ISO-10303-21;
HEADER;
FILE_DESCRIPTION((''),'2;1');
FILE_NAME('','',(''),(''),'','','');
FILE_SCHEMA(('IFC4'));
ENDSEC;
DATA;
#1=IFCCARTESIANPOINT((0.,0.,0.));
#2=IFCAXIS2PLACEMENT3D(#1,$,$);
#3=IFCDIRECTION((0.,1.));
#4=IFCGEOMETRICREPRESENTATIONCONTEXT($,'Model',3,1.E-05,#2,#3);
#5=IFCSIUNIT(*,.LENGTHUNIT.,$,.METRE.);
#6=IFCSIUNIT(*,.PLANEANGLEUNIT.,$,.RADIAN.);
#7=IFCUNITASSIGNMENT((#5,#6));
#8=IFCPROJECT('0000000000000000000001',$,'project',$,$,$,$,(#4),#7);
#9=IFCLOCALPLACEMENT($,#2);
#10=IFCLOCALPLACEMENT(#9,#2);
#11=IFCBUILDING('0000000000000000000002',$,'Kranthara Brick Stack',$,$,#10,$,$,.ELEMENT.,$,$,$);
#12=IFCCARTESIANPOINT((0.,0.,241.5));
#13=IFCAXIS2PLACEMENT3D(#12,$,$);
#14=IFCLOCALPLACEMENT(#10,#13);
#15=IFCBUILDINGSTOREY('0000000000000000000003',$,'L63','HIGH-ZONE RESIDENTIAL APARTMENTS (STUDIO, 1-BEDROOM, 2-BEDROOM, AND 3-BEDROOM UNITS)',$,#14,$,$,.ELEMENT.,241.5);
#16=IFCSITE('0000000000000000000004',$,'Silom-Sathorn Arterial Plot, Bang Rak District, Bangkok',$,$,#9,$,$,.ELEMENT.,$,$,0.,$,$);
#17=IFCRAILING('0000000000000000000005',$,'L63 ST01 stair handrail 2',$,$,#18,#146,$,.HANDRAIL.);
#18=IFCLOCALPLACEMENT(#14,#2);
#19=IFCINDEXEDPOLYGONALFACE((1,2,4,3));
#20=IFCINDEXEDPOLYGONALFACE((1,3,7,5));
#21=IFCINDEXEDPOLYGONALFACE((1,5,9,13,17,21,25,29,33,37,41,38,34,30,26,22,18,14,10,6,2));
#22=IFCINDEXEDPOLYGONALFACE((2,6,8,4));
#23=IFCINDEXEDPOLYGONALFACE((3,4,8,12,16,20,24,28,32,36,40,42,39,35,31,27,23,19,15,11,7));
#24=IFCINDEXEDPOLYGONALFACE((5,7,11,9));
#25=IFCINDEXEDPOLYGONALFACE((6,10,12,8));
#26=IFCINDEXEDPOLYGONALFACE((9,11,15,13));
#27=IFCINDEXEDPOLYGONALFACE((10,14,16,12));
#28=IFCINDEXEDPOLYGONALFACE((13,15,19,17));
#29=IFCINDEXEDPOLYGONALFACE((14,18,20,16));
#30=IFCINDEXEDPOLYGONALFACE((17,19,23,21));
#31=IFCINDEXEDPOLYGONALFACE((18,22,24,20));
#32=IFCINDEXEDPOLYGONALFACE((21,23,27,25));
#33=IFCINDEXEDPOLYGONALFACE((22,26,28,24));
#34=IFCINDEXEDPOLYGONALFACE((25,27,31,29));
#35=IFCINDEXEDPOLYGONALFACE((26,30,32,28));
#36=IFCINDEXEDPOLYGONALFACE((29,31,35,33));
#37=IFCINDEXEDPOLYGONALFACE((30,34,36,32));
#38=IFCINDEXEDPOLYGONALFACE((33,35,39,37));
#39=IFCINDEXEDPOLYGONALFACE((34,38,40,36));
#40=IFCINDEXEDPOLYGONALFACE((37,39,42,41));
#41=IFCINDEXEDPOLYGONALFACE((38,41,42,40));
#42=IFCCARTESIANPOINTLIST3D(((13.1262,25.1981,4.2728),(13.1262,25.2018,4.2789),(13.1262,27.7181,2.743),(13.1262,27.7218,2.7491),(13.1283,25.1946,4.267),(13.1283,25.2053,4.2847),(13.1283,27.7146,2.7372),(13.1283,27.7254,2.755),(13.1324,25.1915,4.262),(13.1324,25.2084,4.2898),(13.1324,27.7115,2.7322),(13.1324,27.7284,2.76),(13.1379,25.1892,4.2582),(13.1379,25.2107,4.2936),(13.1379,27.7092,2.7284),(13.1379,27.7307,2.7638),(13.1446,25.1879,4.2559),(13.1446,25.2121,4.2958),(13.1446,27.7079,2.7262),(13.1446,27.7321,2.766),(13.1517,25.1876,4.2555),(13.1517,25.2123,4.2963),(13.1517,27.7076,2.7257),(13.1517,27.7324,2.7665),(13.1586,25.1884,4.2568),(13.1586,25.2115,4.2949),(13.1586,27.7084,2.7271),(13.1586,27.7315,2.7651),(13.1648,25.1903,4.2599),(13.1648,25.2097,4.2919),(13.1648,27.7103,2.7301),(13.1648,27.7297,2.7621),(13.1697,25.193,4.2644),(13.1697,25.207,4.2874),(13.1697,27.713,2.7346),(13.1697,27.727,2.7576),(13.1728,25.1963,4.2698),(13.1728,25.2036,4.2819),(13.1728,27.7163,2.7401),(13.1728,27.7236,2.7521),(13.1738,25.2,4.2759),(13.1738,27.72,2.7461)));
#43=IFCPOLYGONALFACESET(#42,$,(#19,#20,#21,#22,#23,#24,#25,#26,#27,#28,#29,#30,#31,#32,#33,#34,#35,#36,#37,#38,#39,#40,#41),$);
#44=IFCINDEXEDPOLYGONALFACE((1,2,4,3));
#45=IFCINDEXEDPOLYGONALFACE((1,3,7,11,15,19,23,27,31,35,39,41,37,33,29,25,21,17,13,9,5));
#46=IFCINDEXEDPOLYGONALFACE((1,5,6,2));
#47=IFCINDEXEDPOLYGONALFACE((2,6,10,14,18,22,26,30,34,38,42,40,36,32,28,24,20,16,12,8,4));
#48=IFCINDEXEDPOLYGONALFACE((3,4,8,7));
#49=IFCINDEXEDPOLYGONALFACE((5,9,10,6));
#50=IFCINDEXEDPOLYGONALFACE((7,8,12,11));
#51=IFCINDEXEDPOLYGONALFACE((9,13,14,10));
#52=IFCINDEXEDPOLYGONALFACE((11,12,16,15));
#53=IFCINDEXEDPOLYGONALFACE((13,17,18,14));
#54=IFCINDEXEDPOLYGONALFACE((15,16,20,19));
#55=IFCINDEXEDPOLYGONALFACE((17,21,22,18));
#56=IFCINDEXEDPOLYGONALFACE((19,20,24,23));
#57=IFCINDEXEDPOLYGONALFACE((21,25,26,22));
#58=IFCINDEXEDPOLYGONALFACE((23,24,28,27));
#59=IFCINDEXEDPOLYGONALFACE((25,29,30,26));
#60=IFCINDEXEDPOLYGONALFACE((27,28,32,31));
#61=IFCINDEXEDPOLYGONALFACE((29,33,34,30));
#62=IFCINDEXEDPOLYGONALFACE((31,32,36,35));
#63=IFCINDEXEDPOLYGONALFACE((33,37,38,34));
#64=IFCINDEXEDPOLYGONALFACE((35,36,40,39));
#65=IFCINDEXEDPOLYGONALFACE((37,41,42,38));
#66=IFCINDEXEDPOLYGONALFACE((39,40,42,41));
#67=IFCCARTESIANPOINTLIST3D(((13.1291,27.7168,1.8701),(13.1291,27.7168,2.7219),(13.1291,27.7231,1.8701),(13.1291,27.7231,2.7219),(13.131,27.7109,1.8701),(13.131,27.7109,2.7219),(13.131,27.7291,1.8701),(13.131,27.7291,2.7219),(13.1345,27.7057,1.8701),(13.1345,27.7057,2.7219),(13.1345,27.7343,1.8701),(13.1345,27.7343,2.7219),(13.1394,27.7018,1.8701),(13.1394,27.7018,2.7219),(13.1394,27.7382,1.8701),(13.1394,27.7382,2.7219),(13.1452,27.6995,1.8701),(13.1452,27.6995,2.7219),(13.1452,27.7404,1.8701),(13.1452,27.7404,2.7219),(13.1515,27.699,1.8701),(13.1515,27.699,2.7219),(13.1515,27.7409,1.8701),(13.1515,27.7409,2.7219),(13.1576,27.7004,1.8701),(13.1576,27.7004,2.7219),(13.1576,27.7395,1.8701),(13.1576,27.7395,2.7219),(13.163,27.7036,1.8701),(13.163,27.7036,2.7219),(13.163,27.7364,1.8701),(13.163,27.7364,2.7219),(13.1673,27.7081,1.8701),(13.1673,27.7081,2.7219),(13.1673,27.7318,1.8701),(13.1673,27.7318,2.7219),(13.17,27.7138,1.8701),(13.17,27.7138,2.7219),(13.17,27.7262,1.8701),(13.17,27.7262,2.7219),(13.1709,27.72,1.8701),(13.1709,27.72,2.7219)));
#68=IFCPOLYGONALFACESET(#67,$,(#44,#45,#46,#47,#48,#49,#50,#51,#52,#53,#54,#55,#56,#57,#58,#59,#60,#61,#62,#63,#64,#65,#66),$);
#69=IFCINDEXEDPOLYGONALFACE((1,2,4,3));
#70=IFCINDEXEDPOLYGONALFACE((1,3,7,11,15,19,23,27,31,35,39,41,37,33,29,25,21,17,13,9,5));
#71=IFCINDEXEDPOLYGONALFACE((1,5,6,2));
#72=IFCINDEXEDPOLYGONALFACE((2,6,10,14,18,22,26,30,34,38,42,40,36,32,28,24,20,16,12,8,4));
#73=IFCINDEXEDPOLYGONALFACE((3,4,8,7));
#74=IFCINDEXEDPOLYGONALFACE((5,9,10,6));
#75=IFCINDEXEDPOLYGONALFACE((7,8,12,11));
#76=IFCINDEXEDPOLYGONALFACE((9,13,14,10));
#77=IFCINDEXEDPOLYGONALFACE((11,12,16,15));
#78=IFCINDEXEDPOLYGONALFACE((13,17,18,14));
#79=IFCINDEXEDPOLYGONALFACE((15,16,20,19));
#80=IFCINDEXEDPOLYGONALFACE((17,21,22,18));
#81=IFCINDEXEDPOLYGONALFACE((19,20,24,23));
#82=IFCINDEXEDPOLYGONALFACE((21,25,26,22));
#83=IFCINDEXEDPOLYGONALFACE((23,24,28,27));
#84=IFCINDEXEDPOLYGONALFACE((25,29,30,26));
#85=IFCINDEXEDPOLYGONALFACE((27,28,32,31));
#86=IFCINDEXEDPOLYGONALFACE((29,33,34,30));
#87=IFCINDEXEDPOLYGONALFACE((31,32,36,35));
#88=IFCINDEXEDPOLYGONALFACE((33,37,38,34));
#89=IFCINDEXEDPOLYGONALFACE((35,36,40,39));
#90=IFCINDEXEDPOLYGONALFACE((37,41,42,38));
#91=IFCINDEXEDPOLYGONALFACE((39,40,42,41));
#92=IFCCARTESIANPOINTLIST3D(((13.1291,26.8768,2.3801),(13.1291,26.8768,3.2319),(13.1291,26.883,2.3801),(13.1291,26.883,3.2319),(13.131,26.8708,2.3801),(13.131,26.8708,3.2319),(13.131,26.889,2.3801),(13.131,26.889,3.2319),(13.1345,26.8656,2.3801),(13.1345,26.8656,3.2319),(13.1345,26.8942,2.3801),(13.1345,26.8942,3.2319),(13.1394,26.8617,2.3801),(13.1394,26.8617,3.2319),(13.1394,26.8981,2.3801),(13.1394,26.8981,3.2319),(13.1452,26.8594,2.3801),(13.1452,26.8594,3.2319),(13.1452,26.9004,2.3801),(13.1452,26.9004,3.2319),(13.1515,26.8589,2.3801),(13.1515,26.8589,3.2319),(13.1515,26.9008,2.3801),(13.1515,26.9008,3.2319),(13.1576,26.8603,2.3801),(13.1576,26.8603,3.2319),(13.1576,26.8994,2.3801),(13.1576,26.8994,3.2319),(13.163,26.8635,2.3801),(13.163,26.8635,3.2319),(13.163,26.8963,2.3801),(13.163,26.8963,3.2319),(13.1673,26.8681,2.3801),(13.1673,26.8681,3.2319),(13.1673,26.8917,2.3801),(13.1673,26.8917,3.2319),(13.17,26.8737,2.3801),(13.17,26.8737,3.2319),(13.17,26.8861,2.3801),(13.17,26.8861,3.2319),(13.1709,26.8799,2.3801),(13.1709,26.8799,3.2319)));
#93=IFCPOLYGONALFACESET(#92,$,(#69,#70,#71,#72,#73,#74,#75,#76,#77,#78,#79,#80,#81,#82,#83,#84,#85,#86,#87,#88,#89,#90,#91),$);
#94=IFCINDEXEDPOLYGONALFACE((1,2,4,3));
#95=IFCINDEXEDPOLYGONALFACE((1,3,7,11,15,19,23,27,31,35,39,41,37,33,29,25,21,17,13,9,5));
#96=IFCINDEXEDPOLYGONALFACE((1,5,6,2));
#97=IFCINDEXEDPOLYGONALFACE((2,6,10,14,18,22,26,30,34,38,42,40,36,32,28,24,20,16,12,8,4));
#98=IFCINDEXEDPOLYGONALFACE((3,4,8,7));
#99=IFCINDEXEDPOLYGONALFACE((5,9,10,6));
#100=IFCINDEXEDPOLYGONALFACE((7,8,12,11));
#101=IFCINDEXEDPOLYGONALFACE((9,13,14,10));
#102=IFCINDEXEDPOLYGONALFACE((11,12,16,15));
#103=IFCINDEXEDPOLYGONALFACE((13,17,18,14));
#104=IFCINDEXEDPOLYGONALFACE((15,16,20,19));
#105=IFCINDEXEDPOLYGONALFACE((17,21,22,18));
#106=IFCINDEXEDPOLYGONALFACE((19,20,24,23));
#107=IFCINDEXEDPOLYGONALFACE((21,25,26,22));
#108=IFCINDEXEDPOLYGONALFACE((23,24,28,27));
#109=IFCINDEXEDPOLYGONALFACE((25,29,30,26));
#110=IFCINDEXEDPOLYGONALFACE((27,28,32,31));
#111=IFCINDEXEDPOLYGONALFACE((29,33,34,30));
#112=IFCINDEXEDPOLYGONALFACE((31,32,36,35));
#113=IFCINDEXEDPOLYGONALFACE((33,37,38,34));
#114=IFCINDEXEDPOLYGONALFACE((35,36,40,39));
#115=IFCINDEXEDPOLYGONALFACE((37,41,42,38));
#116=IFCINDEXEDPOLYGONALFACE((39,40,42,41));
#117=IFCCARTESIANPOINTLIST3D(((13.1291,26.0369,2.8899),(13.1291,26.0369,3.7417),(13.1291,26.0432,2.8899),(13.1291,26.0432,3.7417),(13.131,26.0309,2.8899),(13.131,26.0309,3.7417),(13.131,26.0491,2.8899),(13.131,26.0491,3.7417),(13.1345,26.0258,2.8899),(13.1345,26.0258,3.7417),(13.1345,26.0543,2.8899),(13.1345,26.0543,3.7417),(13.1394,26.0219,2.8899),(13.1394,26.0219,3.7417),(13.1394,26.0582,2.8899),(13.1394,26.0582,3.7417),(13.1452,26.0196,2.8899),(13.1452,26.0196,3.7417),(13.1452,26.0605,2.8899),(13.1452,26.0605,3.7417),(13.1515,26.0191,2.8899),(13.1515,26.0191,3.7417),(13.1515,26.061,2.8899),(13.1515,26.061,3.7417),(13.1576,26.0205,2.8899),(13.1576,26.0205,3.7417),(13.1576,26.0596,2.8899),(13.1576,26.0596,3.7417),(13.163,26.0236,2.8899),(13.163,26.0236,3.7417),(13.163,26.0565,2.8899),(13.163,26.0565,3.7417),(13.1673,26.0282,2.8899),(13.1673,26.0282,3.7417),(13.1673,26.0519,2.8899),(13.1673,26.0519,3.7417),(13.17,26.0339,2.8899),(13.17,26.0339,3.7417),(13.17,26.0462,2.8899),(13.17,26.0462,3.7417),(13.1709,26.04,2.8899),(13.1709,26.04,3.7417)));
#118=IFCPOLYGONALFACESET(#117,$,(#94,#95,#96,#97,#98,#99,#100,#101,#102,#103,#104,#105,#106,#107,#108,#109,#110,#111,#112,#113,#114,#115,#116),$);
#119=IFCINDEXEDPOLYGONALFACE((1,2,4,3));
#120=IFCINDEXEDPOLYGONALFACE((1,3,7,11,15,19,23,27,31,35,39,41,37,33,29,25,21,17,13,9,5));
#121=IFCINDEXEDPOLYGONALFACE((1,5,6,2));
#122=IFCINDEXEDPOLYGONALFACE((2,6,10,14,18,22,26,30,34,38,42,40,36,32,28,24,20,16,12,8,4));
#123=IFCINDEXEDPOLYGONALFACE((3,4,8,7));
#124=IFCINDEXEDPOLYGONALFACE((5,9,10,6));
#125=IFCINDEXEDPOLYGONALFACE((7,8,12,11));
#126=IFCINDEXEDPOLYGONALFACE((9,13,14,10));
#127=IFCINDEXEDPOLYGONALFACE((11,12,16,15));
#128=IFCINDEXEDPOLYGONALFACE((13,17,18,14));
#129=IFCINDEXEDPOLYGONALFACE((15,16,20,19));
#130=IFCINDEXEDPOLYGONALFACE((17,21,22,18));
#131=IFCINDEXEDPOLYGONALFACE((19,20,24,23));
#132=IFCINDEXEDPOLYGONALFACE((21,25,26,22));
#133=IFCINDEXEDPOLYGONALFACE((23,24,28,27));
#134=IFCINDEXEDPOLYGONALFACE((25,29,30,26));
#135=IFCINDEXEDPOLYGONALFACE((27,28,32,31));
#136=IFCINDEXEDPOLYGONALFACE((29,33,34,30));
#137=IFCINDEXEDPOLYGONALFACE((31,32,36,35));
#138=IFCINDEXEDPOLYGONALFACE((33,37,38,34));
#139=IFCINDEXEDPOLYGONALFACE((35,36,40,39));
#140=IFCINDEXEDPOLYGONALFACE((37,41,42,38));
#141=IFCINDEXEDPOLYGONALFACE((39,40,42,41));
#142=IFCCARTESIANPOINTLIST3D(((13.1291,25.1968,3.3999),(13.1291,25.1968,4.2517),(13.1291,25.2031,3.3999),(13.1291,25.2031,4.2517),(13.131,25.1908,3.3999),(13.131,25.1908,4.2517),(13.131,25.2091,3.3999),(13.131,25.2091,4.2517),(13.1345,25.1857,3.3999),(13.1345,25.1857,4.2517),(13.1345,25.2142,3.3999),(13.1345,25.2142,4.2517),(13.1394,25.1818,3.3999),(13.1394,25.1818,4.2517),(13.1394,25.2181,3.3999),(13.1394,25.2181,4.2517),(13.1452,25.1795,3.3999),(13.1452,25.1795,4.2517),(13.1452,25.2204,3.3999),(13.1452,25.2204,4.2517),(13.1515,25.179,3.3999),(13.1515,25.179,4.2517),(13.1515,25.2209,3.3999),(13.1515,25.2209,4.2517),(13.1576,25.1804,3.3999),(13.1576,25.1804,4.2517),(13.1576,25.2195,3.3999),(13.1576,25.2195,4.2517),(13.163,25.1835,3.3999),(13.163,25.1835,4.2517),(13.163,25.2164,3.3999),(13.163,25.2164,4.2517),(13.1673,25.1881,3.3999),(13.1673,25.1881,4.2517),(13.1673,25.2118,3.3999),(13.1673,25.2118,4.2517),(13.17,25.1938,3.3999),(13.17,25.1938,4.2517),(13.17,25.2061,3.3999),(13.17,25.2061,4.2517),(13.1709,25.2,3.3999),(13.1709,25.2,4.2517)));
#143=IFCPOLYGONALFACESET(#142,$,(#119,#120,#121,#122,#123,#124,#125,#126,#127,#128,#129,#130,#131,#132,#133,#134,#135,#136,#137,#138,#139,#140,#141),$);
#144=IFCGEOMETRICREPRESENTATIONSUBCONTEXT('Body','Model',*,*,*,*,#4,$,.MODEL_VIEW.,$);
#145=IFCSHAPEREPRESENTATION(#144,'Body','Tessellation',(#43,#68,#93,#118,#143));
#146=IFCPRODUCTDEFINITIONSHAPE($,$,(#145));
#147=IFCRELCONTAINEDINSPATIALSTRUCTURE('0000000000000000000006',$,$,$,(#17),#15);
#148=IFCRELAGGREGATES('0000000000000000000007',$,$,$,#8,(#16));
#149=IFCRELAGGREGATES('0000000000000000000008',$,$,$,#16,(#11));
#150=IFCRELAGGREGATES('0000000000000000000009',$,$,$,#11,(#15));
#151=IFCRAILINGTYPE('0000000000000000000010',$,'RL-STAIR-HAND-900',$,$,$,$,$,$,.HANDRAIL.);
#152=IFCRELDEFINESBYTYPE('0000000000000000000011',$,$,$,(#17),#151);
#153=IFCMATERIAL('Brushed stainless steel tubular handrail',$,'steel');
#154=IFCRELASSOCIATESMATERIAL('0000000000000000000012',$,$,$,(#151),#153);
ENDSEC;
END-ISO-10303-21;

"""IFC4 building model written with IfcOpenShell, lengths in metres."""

from ifc_helpers import new_model, si_unit, direction, frame, origin, origin_2d, place, context, subcontext, project, spatial, circle, extrude, material, type_object, element, save


model = new_model("IFC4")

# Units and contexts
model_context = context("Model", 3, precision=1e-05, world=origin(), true_north=direction((0.0, 1.0)))
body_context = subcontext(model_context, "Body", "Model", "MODEL_VIEW")
ifc_project = project(units=[si_unit("LENGTHUNIT", "METRE"), si_unit("PLANEANGLEUNIT", "RADIAN")], contexts=[model_context])

# Site, building, storey
site_placement = place(None, origin())
site = spatial("IfcSite", under=ifc_project, at=site_placement, Name="Silom-Sathorn Arterial Plot, Bang Rak District, Bangkok", CompositionType="ELEMENT", RefElevation=0.0)
building_placement = place(site_placement, origin())
building = spatial("IfcBuilding", under=site, at=building_placement, Name="Kranthara Brick Stack", CompositionType="ELEMENT")
storey_placement = place(building_placement, frame((0.0, 0.0, 241.5)))
storey = spatial("IfcBuildingStorey", under=building, at=storey_placement, Name="L63", Description="HIGH-ZONE RESIDENTIAL APARTMENTS (STUDIO, 1-BEDROOM, 2-BEDROOM, AND 3-BEDROOM UNITS)", CompositionType="ELEMENT", Elevation=241.5)

# Railing
ifc_material_1 = material(Name="Brushed stainless steel tubular handrail", Category="steel")
railing_type_1 = type_object("IfcRailingType", Name="RL-STAIR-HAND-900", PredefinedType="HANDRAIL", material=ifc_material_1)
railing_1_placement = place(storey_placement, frame((13.1499, 27.72, 1.8701)))
element("IfcRailing", 1, at=railing_1_placement, inside=storey, type_object=railing_type_1, Name="L63 ST01 stair handrail 2", PredefinedType="HANDRAIL", context=body_context, shape_type="SweptSolid", body=[
    extrude(circle(Radius=0.0239, at=origin_2d()), frame((0.0, 0.0, 0.876), z_axis=(0.0, -0.854822, 0.518922), x_axis=(1.0, 0.0, 0.0)), (0.0, 0.0, 1.0), 2.948),
    extrude(circle(Radius=0.021, at=origin_2d()), origin(), (0.0, 0.0, 1.0), 0.8518),
    extrude(circle(Radius=0.021, at=origin_2d()), frame((0.0, -0.8401, 0.51)), (0.0, 0.0, 1.0), 0.8518),
    extrude(circle(Radius=0.021, at=origin_2d()), frame((0.0, -1.6799, 1.0198)), (0.0, 0.0, 1.0), 0.8518),
    extrude(circle(Radius=0.021, at=origin_2d()), frame((0.0, -2.52, 1.5298)), (0.0, 0.0, 1.0), 0.8518),
])

save(model, "model.ifc")
